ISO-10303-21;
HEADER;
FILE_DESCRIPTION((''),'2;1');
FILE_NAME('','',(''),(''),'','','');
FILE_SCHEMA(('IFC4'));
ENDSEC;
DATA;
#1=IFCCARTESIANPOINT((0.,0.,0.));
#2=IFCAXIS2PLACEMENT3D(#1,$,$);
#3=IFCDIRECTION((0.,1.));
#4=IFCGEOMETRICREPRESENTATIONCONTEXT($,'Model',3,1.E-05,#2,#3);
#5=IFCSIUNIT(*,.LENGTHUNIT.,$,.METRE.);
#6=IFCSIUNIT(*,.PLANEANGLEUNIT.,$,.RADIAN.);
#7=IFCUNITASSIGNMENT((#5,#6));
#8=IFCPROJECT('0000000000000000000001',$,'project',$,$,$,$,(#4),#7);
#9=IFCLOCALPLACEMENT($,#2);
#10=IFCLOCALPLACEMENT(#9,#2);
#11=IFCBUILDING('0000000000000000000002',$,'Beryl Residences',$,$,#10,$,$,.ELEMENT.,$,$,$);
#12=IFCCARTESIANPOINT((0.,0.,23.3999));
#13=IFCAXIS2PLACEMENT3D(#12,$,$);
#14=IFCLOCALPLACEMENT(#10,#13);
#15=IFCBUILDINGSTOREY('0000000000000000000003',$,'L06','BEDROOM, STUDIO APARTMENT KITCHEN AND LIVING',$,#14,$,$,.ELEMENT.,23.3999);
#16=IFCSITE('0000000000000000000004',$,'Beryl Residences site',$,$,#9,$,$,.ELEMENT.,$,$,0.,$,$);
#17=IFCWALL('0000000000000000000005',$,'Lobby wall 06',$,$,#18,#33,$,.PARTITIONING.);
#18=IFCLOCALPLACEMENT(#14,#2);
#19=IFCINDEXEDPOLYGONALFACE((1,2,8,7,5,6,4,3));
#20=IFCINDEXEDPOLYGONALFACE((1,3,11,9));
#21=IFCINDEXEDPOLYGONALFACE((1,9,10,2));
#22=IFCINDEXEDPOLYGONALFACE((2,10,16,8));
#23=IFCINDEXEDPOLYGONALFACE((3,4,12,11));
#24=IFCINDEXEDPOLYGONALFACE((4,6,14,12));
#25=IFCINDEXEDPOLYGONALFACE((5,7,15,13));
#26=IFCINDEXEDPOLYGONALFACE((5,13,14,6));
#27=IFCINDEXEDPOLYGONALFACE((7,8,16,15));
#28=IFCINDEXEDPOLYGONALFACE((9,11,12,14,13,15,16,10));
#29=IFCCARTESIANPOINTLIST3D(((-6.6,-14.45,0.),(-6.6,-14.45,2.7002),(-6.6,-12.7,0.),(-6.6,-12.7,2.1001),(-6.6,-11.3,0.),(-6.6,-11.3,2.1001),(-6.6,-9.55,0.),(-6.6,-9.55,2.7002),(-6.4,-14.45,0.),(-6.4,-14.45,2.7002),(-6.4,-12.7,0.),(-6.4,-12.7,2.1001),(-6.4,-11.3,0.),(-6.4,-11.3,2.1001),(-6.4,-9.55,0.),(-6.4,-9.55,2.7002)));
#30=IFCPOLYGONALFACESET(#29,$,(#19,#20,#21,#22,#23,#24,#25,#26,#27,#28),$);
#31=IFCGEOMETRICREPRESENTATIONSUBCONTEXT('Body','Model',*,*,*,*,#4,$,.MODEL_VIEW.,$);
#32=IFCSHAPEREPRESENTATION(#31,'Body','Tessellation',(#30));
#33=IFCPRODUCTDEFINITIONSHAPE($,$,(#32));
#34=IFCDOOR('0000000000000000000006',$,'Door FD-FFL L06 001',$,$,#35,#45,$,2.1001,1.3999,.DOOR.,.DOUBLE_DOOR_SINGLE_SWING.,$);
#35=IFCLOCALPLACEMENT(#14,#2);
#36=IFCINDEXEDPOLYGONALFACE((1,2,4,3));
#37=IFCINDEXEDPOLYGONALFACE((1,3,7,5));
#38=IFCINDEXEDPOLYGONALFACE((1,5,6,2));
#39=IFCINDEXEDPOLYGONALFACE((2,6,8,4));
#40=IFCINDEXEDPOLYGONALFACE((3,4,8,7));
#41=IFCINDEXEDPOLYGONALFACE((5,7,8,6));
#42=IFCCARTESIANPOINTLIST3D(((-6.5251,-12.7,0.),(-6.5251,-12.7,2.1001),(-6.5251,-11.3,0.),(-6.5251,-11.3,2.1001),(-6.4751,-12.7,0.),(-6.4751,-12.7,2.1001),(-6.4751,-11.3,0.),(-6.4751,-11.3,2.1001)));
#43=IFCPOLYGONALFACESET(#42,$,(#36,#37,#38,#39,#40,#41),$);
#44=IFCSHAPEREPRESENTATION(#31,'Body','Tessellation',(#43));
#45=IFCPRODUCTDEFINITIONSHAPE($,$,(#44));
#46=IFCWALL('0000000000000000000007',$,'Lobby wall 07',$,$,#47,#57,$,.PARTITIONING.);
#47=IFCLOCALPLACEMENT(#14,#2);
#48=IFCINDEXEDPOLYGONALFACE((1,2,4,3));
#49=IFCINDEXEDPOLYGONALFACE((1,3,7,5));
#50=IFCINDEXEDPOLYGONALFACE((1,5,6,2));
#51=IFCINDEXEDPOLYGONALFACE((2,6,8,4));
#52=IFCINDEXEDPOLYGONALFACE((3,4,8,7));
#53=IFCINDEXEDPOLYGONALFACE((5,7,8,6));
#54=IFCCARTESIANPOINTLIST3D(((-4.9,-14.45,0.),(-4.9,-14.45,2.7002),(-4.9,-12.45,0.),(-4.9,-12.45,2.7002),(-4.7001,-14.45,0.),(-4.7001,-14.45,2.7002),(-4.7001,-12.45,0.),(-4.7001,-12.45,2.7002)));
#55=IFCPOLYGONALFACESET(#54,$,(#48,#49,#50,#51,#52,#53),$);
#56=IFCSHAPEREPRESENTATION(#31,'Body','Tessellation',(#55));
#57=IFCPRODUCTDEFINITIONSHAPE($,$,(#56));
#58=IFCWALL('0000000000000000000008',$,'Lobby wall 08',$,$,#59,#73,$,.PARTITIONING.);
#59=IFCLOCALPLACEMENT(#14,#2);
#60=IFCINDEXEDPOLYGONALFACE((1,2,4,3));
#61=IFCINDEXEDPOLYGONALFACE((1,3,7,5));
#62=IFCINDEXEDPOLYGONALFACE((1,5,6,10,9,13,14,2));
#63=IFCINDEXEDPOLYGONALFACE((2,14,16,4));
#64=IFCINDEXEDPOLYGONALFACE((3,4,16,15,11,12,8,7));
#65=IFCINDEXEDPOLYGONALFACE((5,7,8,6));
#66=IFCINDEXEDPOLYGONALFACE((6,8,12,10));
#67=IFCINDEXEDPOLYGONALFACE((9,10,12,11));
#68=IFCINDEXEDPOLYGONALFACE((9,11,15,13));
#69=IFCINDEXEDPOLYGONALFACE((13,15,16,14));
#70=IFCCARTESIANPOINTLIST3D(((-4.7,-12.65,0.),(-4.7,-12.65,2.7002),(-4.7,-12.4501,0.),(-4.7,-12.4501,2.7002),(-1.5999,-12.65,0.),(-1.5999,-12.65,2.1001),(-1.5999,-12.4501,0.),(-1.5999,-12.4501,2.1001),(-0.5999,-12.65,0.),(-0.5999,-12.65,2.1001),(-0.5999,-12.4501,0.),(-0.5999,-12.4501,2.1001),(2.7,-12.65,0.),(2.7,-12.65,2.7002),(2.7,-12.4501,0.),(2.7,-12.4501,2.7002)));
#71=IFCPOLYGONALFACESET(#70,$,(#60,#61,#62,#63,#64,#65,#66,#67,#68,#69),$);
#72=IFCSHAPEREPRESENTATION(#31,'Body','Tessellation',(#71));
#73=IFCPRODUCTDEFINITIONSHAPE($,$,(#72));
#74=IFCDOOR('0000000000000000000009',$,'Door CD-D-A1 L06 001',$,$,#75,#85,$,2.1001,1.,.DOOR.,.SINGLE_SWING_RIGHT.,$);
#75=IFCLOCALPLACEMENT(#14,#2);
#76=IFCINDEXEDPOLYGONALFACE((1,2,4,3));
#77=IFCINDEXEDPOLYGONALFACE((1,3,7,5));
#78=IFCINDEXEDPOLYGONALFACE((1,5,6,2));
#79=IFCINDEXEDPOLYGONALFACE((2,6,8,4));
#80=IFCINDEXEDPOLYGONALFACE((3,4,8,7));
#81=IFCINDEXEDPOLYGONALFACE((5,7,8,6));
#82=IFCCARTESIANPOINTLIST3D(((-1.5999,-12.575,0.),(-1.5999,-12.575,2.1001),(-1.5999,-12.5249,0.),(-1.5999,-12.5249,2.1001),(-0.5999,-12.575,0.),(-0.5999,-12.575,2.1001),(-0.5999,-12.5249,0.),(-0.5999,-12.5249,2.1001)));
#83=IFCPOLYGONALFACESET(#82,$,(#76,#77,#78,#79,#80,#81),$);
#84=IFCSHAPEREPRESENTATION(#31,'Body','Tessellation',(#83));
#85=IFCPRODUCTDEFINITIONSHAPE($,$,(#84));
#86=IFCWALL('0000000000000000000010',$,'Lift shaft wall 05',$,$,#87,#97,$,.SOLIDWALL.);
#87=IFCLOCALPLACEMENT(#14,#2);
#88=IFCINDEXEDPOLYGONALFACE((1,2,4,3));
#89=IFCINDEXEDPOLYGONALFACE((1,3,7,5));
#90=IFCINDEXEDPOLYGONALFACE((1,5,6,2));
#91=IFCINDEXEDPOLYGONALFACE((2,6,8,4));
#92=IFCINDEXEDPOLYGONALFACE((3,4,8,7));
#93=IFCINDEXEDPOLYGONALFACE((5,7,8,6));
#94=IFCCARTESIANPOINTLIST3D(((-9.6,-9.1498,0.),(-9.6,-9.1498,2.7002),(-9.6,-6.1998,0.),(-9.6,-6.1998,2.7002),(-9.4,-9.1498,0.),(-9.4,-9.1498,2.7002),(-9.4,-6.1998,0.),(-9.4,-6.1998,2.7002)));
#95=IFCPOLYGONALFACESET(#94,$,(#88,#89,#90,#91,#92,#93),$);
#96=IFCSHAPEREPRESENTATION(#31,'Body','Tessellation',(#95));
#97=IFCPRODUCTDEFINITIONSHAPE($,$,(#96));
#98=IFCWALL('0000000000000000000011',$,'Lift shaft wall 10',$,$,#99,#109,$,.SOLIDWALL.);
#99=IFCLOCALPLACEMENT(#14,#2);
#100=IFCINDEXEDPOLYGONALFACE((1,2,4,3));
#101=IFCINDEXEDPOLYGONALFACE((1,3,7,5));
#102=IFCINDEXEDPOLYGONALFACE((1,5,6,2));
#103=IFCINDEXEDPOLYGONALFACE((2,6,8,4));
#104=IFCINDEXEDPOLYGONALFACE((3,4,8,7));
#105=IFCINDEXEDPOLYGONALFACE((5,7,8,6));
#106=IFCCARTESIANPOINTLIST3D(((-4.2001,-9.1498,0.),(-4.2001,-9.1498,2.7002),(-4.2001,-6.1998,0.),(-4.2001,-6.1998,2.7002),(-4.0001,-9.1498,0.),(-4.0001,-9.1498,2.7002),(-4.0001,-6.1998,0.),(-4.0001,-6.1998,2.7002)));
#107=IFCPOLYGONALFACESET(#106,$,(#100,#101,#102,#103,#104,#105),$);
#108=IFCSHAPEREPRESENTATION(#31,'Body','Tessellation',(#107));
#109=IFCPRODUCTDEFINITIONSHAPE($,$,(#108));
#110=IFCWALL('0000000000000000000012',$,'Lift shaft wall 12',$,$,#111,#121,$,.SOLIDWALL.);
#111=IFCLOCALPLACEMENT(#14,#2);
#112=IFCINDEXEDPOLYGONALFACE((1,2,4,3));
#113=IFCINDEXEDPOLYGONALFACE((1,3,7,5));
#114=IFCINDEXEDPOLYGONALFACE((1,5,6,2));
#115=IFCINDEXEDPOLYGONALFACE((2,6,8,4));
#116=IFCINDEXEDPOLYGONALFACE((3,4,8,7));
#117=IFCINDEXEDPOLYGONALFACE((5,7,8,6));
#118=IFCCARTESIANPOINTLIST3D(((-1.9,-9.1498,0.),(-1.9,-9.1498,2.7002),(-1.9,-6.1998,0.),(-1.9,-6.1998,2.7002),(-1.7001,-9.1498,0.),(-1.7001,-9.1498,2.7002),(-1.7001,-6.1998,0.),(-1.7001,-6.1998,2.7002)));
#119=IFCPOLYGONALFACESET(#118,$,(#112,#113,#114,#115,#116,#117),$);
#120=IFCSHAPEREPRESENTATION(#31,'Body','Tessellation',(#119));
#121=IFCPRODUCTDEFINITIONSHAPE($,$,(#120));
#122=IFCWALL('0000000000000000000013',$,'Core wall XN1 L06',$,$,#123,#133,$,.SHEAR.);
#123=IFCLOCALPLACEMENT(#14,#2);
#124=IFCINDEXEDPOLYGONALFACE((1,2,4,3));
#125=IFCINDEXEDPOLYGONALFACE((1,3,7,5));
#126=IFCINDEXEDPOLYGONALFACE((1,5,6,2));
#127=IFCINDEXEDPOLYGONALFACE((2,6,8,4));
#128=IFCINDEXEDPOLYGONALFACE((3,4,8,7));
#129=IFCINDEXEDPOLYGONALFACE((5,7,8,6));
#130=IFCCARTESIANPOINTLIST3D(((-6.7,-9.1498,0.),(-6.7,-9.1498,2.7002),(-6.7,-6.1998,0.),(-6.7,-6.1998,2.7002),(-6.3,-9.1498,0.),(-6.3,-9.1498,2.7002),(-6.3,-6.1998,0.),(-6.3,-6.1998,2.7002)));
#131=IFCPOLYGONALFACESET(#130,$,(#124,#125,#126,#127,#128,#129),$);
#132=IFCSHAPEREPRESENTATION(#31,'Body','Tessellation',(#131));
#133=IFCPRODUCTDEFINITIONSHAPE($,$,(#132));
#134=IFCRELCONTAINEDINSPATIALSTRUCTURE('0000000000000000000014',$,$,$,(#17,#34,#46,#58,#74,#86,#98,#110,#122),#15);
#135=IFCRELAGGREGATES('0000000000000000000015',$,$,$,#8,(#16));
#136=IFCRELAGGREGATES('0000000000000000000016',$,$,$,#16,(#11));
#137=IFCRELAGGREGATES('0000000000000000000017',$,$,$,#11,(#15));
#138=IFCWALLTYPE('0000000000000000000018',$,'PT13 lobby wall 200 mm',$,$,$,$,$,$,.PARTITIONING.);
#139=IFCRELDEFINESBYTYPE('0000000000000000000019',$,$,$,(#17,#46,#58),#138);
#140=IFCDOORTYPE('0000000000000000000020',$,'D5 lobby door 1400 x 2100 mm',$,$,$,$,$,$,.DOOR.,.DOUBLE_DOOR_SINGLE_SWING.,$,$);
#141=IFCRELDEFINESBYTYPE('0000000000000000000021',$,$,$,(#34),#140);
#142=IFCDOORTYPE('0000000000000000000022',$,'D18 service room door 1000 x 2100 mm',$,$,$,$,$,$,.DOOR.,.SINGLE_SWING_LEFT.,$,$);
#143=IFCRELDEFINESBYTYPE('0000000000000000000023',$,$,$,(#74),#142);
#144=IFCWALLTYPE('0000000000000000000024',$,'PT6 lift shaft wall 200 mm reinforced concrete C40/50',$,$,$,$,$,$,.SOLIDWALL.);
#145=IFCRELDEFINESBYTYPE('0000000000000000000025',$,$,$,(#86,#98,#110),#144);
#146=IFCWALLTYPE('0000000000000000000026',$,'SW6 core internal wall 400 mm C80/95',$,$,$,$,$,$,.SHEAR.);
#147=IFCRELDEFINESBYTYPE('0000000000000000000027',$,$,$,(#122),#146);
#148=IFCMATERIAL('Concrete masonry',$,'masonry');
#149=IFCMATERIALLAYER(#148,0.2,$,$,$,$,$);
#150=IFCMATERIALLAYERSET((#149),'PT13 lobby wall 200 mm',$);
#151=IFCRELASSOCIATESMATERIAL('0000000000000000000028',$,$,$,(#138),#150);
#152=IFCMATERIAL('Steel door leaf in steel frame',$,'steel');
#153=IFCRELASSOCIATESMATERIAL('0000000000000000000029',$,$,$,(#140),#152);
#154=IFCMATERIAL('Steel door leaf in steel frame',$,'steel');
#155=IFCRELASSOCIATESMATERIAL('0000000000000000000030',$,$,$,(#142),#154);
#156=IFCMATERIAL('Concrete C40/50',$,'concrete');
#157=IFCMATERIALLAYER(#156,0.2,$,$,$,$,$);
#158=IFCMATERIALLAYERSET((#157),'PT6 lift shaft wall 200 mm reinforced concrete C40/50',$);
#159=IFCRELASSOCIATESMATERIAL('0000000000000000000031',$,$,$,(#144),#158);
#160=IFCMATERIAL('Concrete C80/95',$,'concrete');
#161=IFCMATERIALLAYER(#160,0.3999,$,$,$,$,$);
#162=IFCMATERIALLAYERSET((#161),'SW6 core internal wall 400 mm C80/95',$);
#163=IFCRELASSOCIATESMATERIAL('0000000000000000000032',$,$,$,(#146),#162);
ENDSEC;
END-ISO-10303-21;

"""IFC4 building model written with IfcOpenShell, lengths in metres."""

from ifc_helpers import new_model, si_unit, direction, frame, frame_2d, origin, place, context, subcontext, project, spatial, rectangle, extrude, material, layer, layer_set, type_object, element, fill, save


model = new_model("IFC4")

# Units and contexts
model_context = context("Model", 3, precision=1e-05, world=origin(), true_north=direction((0.0, 1.0)))
body_context = subcontext(model_context, "Body", "Model", "MODEL_VIEW")
ifc_project = project(units=[si_unit("LENGTHUNIT", "METRE"), si_unit("PLANEANGLEUNIT", "RADIAN")], contexts=[model_context])

# Site, building, storey
site_placement = place(None, origin())
site = spatial("IfcSite", under=ifc_project, at=site_placement, Name="Beryl Residences site", CompositionType="ELEMENT", RefElevation=0.0)
building_placement = place(site_placement, origin())
building = spatial("IfcBuilding", under=site, at=building_placement, Name="Beryl Residences", CompositionType="ELEMENT")
storey_placement = place(building_placement, frame((0.0, 0.0, 23.3999)))
storey = spatial("IfcBuildingStorey", under=building, at=storey_placement, Name="L06", Description="BEDROOM, STUDIO APARTMENT KITCHEN AND LIVING", CompositionType="ELEMENT", Elevation=23.3999)

# Wall, opening, door
ifc_material_1 = material(Name="Concrete masonry", Category="masonry")
ifc_layer_1 = layer(ifc_material_1, 0.2)
ifc_layer_set_1 = layer_set([ifc_layer_1], Name="PT13 lobby wall 200 mm")
wall_type_1 = type_object("IfcWallType", Name="PT13 lobby wall 200 mm", PredefinedType="PARTITIONING", material=ifc_layer_set_1)
wall_1_placement = place(storey_placement, frame((-6.5, -14.45, 0.0), z_axis=(0.0, 0.0, 1.0), x_axis=(0.0, 1.0, 0.0)))
wall_1 = element("IfcWall", 1, at=wall_1_placement, inside=storey, type_object=wall_type_1, Name="Lobby wall 06", PredefinedType="PARTITIONING", context=body_context, shape_type="SweptSolid", body=[
    extrude(rectangle(XDim=4.8999, YDim=0.2, at=frame_2d((2.45, 0.0))), origin(), (0.0, 0.0, 1.0), 2.7002),
])
opening_1_placement = place(wall_1_placement, frame((3.1499, 0.0, 0.0), z_axis=(0.0, 0.0, 1.0), x_axis=(-1.0, 0.0, 0.0)))
opening_1 = element("IfcOpeningElement", 2, at=opening_1_placement, cuts=wall_1, PredefinedType="OPENING", context=body_context, shape_type="SweptSolid", body=[
    extrude(rectangle(XDim=1.3999, YDim=2.1001, at=frame_2d((0.7, 1.05))), frame((0.0, 0.1099, 0.0), z_axis=(0.0, -1.0, 0.0), x_axis=(1.0, 0.0, 0.0)), (0.0, 0.0, 1.0), 0.22),
])
ifc_material_2 = material(Name="Steel door leaf in steel frame", Category="steel")
door_type_1 = type_object("IfcDoorType", Name="D5 lobby door 1400 x 2100 mm", OperationType="DOUBLE_DOOR_SINGLE_SWING", PredefinedType="DOOR", material=ifc_material_2)
door_1_placement = place(opening_1_placement, origin())
door_1 = element("IfcDoor", 3, at=door_1_placement, inside=storey, type_object=door_type_1, Name="Door FD-FFL L06 001", OperationType="DOUBLE_DOOR_SINGLE_SWING", OverallHeight=2.1001, OverallWidth=1.3999, PredefinedType="DOOR", context=body_context, shape_type="SweptSolid", body=[
    extrude(rectangle(XDim=1.3999, YDim=2.1001, at=frame_2d((0.7, 1.05))), frame((0.0, 0.0249, 0.0), z_axis=(0.0, -1.0, 0.0), x_axis=(1.0, 0.0, 0.0)), (0.0, 0.0, 1.0), 0.05),
])
fill(opening_1, door_1)

# Wall
wall_2_placement = place(storey_placement, frame((-4.8, -14.45, 0.0), z_axis=(0.0, 0.0, 1.0), x_axis=(0.0, 1.0, 0.0)))
element("IfcWall", 4, at=wall_2_placement, inside=storey, type_object=wall_type_1, Name="Lobby wall 07", PredefinedType="PARTITIONING", context=body_context, shape_type="SweptSolid", body=[
    extrude(rectangle(XDim=2.0, YDim=0.2, at=frame_2d((1.0, 0.0))), origin(), (0.0, 0.0, 1.0), 2.7002),
])

# Wall, opening, door
wall_3_placement = place(storey_placement, frame((-4.7, -12.55, 0.0), z_axis=(0.0, 0.0, 1.0), x_axis=(1.0, 0.0, 0.0)))
wall_3 = element("IfcWall", 5, at=wall_3_placement, inside=storey, type_object=wall_type_1, Name="Lobby wall 08", PredefinedType="PARTITIONING", context=body_context, shape_type="SweptSolid", body=[
    extrude(rectangle(XDim=7.3999, YDim=0.2, at=frame_2d((3.7, 0.0))), origin(), (0.0, 0.0, 1.0), 2.7002),
])
opening_2_placement = place(wall_3_placement, frame((4.1001, 0.0, 0.0), z_axis=(0.0, 0.0, 1.0), x_axis=(-1.0, 0.0, 0.0)))
opening_2 = element("IfcOpeningElement", 6, at=opening_2_placement, cuts=wall_3, PredefinedType="OPENING", context=body_context, shape_type="SweptSolid", body=[
    extrude(rectangle(XDim=1.0, YDim=2.1001, at=frame_2d((0.5, 1.05))), frame((0.0, 0.1099, 0.0), z_axis=(0.0, -1.0, 0.0), x_axis=(1.0, 0.0, 0.0)), (0.0, 0.0, 1.0), 0.22),
])
ifc_material_3 = material(Name="Steel door leaf in steel frame", Category="steel")
door_type_2 = type_object("IfcDoorType", Name="D18 service room door 1000 x 2100 mm", OperationType="SINGLE_SWING_LEFT", PredefinedType="DOOR", material=ifc_material_3)
door_2_placement = place(opening_2_placement, origin())
door_2 = element("IfcDoor", 7, at=door_2_placement, inside=storey, type_object=door_type_2, Name="Door CD-D-A1 L06 001", OperationType="SINGLE_SWING_RIGHT", OverallHeight=2.1001, OverallWidth=1.0, PredefinedType="DOOR", context=body_context, shape_type="SweptSolid", body=[
    extrude(rectangle(XDim=1.0, YDim=2.1001, at=frame_2d((0.5, 1.05))), frame((0.0, 0.0249, 0.0), z_axis=(0.0, -1.0, 0.0), x_axis=(1.0, 0.0, 0.0)), (0.0, 0.0, 1.0), 0.05),
])
fill(opening_2, door_2)

# Walls
ifc_material_4 = material(Name="Concrete C40/50", Category="concrete")
ifc_layer_2 = layer(ifc_material_4, 0.2)
ifc_layer_set_2 = layer_set([ifc_layer_2], Name="PT6 lift shaft wall 200 mm reinforced concrete C40/50")
wall_type_2 = type_object("IfcWallType", Name="PT6 lift shaft wall 200 mm reinforced concrete C40/50", PredefinedType="SOLIDWALL", material=ifc_layer_set_2)
for number, where, z_axis, x_axis, name in (
    (8, (-9.5, -9.1499, 0.0), (0.0, 0.0, 1.0), (0.0, 1.0, 0.0), "Lift shaft wall 05"),
    (9, (-4.1001, -9.1499, 0.0), (0.0, 0.0, 1.0), (0.0, 1.0, 0.0), "Lift shaft wall 10"),
    (10, (-1.8, -9.1499, 0.0), (0.0, 0.0, 1.0), (0.0, 1.0, 0.0), "Lift shaft wall 12"),
):
    element("IfcWall", number, at=place(storey_placement, frame(where, z_axis=z_axis, x_axis=x_axis)), inside=storey, type_object=wall_type_2, Name=name, PredefinedType="SOLIDWALL", context=body_context, shape_type="SweptSolid", body=[
        extrude(rectangle(XDim=2.95, YDim=0.2, at=frame_2d((1.4751, 0.0))), origin(), (0.0, 0.0, 1.0), 2.7002),
    ])
ifc_material_5 = material(Name="Concrete C80/95", Category="concrete")
ifc_layer_3 = layer(ifc_material_5, 0.3999)
ifc_layer_set_3 = layer_set([ifc_layer_3], Name="SW6 core internal wall 400 mm C80/95")
wall_type_3 = type_object("IfcWallType", Name="SW6 core internal wall 400 mm C80/95", PredefinedType="SHEAR", material=ifc_layer_set_3)
wall_4_placement = place(storey_placement, frame((-6.5, -9.1499, 0.0), z_axis=(0.0, 0.0, 1.0), x_axis=(0.0, 1.0, 0.0)))
element("IfcWall", 11, at=wall_4_placement, inside=storey, type_object=wall_type_3, Name="Core wall XN1 L06", PredefinedType="SHEAR", context=body_context, shape_type="SweptSolid", body=[
    extrude(rectangle(XDim=2.95, YDim=0.3999, at=frame_2d((1.4751, 0.0))), origin(), (0.0, 0.0, 1.0), 2.7002),
])

save(model, "model.ifc")
